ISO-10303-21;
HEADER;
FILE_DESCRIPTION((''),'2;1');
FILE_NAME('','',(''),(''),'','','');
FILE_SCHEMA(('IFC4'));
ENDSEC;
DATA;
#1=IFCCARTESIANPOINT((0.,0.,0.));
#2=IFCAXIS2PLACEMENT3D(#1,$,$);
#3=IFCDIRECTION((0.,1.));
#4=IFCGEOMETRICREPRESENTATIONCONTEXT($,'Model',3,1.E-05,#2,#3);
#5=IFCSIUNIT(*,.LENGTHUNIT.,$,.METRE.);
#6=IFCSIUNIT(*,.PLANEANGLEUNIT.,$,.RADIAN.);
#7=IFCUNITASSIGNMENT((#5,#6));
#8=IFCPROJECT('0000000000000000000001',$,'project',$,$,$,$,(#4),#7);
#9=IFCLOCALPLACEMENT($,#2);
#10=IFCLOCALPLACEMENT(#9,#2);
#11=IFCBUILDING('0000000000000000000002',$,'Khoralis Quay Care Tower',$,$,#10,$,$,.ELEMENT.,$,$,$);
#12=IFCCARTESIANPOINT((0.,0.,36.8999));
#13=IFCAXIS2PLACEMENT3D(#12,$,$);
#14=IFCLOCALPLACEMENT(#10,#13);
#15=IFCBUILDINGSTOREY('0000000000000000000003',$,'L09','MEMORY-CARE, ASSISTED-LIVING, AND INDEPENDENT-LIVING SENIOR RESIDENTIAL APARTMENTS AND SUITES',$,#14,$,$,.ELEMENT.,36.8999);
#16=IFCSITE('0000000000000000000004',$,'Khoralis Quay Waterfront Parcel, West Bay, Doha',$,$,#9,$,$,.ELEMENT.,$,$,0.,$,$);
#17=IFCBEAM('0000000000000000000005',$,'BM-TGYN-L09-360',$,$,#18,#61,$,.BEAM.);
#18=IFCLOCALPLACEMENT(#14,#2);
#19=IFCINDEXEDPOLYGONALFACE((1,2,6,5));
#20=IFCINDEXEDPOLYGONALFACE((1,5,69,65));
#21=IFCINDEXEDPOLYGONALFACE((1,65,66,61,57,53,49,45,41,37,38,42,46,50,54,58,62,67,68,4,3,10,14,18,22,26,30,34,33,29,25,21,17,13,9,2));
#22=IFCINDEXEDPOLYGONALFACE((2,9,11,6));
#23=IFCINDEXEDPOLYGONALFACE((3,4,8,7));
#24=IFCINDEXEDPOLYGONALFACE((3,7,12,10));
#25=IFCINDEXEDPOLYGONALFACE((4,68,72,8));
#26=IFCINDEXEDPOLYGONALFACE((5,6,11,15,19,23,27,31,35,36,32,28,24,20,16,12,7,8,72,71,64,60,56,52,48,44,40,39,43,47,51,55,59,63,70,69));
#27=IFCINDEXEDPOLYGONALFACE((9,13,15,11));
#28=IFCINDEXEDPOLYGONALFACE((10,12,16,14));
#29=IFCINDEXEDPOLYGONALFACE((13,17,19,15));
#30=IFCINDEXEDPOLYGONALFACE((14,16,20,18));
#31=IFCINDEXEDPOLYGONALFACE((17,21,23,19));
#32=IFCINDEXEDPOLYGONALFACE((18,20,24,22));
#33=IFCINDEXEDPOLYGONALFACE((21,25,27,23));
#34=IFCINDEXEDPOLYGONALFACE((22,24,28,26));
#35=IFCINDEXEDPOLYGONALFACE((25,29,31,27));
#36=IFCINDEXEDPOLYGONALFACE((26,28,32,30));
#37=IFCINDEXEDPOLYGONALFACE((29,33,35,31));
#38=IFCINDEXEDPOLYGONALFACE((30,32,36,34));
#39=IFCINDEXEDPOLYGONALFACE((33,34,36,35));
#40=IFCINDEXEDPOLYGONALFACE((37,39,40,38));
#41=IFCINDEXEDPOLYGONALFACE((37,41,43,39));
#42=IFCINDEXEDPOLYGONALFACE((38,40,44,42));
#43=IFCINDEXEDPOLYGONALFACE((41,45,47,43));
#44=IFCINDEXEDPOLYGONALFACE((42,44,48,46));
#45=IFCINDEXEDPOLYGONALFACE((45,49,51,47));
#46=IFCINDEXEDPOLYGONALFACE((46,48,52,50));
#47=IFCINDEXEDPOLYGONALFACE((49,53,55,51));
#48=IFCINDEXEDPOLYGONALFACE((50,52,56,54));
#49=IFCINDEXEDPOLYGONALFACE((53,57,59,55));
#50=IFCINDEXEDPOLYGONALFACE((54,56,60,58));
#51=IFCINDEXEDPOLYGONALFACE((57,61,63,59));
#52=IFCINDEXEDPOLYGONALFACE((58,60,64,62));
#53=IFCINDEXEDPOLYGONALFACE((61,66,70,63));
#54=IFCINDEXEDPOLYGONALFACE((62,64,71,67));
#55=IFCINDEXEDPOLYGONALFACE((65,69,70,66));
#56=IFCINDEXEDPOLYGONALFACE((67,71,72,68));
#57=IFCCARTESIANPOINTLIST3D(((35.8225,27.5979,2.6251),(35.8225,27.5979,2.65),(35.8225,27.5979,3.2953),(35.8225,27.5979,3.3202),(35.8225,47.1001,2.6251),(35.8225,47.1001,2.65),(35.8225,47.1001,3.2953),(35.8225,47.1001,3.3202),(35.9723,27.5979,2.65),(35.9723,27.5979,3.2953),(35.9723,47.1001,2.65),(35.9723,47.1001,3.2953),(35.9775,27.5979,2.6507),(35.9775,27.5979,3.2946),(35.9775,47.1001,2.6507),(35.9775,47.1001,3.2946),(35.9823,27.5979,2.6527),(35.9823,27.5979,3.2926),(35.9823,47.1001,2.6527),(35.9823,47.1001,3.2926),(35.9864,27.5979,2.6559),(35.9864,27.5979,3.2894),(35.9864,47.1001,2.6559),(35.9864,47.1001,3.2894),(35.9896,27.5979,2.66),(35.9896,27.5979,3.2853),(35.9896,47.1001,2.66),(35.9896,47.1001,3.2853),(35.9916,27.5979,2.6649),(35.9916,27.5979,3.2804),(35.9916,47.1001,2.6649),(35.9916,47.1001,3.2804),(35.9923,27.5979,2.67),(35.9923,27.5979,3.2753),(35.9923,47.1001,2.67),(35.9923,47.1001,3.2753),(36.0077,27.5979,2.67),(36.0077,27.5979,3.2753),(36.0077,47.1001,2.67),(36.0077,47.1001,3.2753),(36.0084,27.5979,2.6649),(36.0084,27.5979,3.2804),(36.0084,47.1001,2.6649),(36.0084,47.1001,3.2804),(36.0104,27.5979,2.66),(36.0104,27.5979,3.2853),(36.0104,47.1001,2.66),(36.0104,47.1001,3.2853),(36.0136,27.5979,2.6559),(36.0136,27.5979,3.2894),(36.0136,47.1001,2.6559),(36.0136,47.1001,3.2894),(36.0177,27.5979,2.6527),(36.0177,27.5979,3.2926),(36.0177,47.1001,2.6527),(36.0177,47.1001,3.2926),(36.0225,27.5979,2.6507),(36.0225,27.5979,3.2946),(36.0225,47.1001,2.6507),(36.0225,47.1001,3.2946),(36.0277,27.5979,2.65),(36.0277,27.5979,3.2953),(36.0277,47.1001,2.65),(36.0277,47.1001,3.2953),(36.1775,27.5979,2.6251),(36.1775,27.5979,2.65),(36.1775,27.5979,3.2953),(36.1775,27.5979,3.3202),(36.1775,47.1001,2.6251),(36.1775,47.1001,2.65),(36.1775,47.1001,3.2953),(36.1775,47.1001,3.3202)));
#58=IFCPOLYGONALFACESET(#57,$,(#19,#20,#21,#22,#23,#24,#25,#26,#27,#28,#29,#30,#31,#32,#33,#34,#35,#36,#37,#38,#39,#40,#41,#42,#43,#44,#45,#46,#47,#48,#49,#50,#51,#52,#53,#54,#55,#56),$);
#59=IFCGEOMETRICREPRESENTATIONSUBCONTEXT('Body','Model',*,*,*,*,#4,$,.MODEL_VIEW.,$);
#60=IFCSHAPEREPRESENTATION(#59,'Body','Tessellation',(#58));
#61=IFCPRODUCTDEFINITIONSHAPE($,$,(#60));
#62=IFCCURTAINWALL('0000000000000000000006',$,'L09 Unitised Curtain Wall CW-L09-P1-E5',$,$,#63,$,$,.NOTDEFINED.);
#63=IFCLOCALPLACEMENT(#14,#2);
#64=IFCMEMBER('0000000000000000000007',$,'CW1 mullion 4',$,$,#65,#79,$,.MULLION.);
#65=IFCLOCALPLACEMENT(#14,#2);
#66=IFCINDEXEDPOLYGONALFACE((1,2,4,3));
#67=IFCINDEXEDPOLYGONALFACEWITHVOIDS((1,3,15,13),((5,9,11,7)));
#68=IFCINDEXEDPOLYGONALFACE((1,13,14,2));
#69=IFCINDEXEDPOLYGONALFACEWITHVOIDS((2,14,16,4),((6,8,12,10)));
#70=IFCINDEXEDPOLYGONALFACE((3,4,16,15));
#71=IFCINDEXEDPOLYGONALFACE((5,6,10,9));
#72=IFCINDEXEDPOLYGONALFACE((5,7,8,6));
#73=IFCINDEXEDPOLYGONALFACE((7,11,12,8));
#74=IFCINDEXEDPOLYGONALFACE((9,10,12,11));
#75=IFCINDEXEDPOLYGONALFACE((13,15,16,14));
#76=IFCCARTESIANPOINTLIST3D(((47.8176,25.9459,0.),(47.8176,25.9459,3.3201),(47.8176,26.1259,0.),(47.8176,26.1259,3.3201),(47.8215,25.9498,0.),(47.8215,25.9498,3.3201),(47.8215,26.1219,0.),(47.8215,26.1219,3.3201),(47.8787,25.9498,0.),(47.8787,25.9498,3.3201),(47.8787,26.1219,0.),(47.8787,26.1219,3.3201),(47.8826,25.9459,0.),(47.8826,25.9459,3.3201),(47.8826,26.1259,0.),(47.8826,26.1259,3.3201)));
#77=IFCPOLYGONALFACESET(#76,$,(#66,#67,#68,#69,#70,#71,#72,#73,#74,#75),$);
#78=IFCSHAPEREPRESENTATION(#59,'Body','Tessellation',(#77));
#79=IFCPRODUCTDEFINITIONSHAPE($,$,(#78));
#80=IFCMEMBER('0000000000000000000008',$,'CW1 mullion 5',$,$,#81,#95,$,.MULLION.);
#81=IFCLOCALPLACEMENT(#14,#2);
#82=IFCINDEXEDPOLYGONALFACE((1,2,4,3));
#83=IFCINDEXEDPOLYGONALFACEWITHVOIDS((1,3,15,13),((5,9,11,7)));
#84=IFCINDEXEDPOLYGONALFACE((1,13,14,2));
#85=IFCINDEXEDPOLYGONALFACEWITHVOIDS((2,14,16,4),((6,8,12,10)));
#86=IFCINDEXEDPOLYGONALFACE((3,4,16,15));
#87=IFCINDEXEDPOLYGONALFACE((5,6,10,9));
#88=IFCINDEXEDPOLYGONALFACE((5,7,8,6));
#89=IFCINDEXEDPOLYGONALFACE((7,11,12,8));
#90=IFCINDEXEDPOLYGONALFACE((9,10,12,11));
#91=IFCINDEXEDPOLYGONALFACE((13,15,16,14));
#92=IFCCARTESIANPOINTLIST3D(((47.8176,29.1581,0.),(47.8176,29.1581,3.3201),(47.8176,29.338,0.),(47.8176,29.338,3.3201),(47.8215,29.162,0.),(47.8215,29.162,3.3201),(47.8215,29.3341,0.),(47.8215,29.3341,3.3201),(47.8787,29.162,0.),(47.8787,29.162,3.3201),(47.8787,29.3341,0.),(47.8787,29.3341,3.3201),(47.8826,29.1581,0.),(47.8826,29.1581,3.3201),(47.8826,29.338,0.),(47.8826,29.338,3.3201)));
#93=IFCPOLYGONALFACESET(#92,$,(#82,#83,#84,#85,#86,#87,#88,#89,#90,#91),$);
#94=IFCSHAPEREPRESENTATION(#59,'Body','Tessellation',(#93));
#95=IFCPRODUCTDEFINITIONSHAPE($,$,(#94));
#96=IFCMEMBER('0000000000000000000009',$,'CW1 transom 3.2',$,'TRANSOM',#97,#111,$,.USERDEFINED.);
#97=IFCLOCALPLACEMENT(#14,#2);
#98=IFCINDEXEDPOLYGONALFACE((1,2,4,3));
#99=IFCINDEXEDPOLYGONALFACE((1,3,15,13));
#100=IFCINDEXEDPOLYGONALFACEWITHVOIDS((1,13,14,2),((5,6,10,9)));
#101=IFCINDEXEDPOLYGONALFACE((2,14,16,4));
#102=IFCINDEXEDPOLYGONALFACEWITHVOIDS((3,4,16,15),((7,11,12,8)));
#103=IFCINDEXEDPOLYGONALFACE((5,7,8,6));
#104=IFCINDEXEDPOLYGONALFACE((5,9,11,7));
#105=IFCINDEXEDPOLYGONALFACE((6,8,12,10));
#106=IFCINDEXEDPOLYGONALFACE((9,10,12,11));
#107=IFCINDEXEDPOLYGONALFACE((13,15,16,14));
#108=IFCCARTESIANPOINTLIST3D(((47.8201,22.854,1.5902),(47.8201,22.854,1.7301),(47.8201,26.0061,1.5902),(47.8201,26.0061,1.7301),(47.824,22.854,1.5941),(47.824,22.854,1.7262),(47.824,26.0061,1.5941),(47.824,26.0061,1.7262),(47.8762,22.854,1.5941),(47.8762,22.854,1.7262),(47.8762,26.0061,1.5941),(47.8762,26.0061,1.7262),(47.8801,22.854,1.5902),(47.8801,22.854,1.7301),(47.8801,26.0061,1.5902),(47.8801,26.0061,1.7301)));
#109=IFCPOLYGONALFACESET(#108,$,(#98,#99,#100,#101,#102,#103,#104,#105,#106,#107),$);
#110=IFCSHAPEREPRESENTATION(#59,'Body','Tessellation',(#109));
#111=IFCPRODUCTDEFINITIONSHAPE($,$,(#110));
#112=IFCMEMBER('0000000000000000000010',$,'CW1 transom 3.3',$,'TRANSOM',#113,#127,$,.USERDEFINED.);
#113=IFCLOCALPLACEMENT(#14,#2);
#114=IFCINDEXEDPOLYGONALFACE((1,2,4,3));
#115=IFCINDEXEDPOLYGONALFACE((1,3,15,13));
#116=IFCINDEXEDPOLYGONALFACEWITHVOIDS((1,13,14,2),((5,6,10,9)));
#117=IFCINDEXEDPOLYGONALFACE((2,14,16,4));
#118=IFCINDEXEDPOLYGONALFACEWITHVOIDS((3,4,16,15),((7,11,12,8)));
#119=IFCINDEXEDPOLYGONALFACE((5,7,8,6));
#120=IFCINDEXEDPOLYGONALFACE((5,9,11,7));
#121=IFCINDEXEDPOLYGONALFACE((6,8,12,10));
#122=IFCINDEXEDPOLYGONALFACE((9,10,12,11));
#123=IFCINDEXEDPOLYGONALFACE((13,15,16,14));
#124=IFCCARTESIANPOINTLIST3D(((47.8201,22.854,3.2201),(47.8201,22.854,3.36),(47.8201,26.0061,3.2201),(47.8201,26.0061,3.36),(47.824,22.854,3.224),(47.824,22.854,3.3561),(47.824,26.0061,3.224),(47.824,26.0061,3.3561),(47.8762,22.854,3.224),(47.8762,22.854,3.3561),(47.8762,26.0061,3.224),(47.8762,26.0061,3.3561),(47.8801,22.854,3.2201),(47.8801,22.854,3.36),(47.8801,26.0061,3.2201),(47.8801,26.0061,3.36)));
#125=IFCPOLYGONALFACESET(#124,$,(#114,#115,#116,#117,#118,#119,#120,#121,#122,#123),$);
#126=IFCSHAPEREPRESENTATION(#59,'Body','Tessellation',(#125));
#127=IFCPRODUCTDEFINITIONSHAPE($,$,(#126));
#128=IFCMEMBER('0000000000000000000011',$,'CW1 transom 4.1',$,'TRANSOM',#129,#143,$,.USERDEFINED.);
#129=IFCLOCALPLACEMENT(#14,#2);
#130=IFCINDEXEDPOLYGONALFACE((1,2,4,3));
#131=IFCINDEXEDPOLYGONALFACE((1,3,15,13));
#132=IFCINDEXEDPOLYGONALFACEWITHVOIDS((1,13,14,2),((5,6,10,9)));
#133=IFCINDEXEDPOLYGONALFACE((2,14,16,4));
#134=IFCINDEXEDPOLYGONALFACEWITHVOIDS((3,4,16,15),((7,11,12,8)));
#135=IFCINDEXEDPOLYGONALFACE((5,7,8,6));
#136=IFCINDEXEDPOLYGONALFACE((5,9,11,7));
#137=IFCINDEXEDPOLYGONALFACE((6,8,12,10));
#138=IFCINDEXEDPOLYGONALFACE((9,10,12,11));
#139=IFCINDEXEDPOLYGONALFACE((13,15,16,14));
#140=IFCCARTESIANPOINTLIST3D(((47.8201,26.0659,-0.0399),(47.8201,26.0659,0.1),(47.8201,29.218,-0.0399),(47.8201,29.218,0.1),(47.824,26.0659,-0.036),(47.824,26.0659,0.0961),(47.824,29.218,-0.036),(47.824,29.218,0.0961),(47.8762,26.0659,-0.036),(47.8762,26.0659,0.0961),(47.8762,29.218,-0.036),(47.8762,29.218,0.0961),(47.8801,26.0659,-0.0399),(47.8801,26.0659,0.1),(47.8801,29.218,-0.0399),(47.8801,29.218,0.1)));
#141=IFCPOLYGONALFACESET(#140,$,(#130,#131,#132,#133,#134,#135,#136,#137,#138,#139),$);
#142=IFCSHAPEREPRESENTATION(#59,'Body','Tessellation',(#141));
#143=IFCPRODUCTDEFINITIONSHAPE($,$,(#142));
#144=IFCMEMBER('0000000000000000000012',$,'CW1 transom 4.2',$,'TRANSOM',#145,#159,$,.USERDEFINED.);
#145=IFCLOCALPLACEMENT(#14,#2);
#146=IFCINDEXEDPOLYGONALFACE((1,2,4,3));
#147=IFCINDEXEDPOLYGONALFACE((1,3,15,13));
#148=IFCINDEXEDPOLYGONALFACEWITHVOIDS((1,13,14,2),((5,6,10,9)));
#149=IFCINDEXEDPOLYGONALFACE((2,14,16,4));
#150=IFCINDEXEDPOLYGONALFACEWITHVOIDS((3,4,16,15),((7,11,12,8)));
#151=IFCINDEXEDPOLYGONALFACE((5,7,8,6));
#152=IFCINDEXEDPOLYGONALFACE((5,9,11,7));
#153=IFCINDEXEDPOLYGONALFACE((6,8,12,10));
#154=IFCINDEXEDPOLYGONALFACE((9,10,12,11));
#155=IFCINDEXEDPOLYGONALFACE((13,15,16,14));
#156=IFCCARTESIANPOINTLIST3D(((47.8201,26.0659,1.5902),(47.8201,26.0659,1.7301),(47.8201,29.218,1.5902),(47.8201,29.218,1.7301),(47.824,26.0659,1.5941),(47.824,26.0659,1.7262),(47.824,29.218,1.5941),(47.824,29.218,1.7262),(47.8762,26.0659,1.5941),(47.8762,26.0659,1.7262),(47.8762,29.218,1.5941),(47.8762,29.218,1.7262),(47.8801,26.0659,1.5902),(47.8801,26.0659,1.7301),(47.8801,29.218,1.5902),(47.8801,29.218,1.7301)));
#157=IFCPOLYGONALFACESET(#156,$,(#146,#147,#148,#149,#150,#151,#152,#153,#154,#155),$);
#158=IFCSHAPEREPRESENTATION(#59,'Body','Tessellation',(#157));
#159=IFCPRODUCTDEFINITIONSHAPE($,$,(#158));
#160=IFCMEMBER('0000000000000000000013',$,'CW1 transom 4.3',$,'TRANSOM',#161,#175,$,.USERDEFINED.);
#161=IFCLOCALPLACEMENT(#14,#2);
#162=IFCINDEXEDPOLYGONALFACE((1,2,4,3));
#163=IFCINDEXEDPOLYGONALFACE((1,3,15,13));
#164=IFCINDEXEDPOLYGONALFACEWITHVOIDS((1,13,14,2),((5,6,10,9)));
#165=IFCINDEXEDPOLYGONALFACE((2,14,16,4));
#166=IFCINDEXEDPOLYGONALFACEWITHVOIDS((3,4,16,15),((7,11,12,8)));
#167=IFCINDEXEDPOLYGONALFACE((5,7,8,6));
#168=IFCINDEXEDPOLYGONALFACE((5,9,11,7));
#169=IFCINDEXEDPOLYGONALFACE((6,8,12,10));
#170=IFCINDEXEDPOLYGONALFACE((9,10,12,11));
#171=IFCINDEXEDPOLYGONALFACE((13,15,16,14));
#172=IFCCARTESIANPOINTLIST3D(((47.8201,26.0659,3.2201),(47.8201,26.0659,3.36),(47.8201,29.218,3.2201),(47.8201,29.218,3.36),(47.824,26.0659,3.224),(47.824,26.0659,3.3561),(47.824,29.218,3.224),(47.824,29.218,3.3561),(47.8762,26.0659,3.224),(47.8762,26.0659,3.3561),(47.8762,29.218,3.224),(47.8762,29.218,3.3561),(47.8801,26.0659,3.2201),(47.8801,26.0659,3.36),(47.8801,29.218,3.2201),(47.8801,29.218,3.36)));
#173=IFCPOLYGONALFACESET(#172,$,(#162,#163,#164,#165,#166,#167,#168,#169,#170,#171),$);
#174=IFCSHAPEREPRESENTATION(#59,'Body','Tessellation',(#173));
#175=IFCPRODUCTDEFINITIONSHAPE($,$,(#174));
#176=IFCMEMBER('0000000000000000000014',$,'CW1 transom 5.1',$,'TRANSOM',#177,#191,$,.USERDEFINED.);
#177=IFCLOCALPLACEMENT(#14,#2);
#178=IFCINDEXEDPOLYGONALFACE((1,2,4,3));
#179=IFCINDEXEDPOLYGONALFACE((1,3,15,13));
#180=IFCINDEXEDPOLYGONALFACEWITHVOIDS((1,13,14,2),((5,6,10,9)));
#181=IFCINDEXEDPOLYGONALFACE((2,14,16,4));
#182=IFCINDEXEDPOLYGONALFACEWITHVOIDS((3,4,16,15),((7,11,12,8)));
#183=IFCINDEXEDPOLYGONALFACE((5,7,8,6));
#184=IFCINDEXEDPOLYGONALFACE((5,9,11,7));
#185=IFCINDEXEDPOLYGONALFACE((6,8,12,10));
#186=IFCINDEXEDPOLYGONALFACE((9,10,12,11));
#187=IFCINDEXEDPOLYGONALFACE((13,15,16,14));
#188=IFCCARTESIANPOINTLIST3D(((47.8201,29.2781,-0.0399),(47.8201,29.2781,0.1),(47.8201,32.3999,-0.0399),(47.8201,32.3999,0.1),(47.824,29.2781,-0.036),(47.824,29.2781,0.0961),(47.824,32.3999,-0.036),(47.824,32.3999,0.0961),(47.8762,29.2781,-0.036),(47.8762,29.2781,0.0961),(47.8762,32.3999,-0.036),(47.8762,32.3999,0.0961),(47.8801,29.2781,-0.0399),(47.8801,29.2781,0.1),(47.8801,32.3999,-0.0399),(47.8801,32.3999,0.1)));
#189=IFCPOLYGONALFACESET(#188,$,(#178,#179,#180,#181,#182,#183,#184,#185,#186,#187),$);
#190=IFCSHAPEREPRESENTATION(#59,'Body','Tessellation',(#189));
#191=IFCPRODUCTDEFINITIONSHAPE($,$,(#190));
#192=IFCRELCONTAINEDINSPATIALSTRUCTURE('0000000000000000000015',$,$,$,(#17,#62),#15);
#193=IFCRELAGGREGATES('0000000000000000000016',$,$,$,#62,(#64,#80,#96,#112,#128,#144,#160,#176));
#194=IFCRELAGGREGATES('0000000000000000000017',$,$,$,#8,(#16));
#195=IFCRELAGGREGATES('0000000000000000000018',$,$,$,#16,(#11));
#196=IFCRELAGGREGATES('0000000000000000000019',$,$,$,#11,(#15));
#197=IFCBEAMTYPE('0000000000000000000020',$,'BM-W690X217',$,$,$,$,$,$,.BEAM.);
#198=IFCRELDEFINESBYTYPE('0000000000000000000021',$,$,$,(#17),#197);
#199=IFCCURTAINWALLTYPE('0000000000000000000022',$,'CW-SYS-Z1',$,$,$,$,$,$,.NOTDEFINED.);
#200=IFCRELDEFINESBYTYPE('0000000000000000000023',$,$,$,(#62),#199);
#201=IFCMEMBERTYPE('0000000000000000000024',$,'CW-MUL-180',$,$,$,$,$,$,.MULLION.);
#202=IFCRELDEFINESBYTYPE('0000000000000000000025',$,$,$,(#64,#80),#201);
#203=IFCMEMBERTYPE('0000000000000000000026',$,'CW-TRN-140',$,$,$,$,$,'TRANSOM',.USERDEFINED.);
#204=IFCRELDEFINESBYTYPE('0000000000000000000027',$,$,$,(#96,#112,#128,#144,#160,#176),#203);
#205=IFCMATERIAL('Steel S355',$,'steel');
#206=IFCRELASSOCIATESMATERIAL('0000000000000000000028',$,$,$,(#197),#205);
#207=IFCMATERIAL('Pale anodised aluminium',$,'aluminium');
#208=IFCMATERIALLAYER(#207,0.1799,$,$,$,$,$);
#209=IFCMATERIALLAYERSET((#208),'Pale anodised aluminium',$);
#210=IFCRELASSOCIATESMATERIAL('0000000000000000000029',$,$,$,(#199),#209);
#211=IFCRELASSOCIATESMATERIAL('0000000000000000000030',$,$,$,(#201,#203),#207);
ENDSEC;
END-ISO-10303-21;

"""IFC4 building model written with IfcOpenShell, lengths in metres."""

from ifc_helpers import new_model, si_unit, direction, frame, origin, origin_2d, place, context, subcontext, project, spatial, hollow_rectangle, i_section, extrude, source, transform, mapped, material, layer, layer_set, material_profile, profile_set, type_object, element, aggregate, save


model = new_model("IFC4")

# Units and contexts
model_context = context("Model", 3, precision=1e-05, world=origin(), true_north=direction((0.0, 1.0)))
body_context = subcontext(model_context, "Body", "Model", "MODEL_VIEW")
ifc_project = project(units=[si_unit("LENGTHUNIT", "METRE"), si_unit("PLANEANGLEUNIT", "RADIAN")], contexts=[model_context])

# Site, building, storey
site_placement = place(None, origin())
site = spatial("IfcSite", under=ifc_project, at=site_placement, Name="Khoralis Quay Waterfront Parcel, West Bay, Doha", CompositionType="ELEMENT", RefElevation=0.0)
building_placement = place(site_placement, origin())
building = spatial("IfcBuilding", under=site, at=building_placement, Name="Khoralis Quay Care Tower", CompositionType="ELEMENT")
storey_placement = place(building_placement, frame((0.0, 0.0, 36.8999)))
storey = spatial("IfcBuildingStorey", under=building, at=storey_placement, Name="L09", Description="MEMORY-CARE, ASSISTED-LIVING, AND INDEPENDENT-LIVING SENIOR RESIDENTIAL APARTMENTS AND SUITES", CompositionType="ELEMENT", Elevation=36.8999)

# Beam
ifc_material_1 = material(Name="Steel S355", Category="steel")
ifc_material_profile_1 = material_profile(ifc_material_1, i_section(OverallWidth=0.355, OverallDepth=0.6951, WebThickness=0.0154, FlangeThickness=0.0249, FilletRadius=0.02, at=origin_2d()), Name="Steel S355")
ifc_profile_set_1 = profile_set([ifc_material_profile_1], Name="Steel S355")
beam_type_1 = type_object("IfcBeamType", Name="BM-W690X217", PredefinedType="BEAM", material=ifc_profile_set_1)
shared_shape_1 = source(origin(), body_context, "Body", "SweptSolid", [
    extrude(i_section(OverallWidth=0.355, OverallDepth=0.6951, WebThickness=0.0154, FlangeThickness=0.0249, FilletRadius=0.02, at=origin_2d()), origin(), (0.0, 0.0, 1.0), 19.5022),
])
beam_1_placement = place(storey_placement, frame((36.0, 27.5979, 2.9727), z_axis=(0.0, 1.0, 0.0), x_axis=(-1.0, 0.0, 0.0)))
element("IfcBeam", 1, at=beam_1_placement, inside=storey, type_object=beam_type_1, Name="BM-TGYN-L09-360", PredefinedType="BEAM", context=body_context, shape_type="MappedRepresentation", body=[
    mapped(shared_shape_1, transform((0.0, 0.0, 0.0), scale=1.0)),
])

# Curtain wall, members
ifc_material_2 = material(Name="Pale anodised aluminium", Category="aluminium")
ifc_layer_1 = layer(ifc_material_2, 0.1799)
ifc_layer_set_1 = layer_set([ifc_layer_1], Name="Pale anodised aluminium")
curtain_wall_type = type_object("IfcCurtainWallType", Name="CW-SYS-Z1", PredefinedType="NOTDEFINED", material=ifc_layer_set_1)
curtain_wall_placement = place(storey_placement, origin())
curtain_wall = element("IfcCurtainWall", 2, at=curtain_wall_placement, inside=storey, type_object=curtain_wall_type, Name="L09 Unitised Curtain Wall CW-L09-P1-E5", PredefinedType="NOTDEFINED")
ifc_material_profile_2 = material_profile(ifc_material_2, hollow_rectangle(XDim=0.0649, YDim=0.1799, WallThickness=0.0039, at=origin_2d()), Name="Pale anodised aluminium")
ifc_profile_set_2 = profile_set([ifc_material_profile_2], Name="Pale anodised aluminium")
member_type_1 = type_object("IfcMemberType", Name="CW-MUL-180", PredefinedType="MULLION", material=ifc_profile_set_2)
shared_shape_2 = source(origin(), body_context, "Body", "SweptSolid", [
    extrude(hollow_rectangle(XDim=0.0649, YDim=0.1799, WallThickness=0.0039, at=origin_2d()), origin(), (0.0, 0.0, 1.0), 3.3201),
])
member_1_placement = place(storey_placement, frame((47.8501, 26.0359, 0.0), z_axis=(0.0, 0.0, 1.0), x_axis=(-1.0, 0.0, 0.0)))
member_1 = element("IfcMember", 3, at=member_1_placement, type_object=member_type_1, Name="CW1 mullion 4", PredefinedType="MULLION", context=body_context, shape_type="MappedRepresentation", body=[
    mapped(shared_shape_2, transform((0.0, 0.0, 0.0), scale=1.0)),
])
member_2_placement = place(storey_placement, frame((47.8501, 29.248, 0.0), z_axis=(0.0, 0.0, 1.0), x_axis=(-1.0, 0.0, 0.0)))
member_2 = element("IfcMember", 4, at=member_2_placement, type_object=member_type_1, Name="CW1 mullion 5", PredefinedType="MULLION", context=body_context, shape_type="MappedRepresentation", body=[
    mapped(shared_shape_2, transform((0.0, 0.0, 0.0), scale=1.0)),
])
ifc_material_profile_3 = material_profile(ifc_material_2, hollow_rectangle(XDim=0.0601, YDim=0.1399, WallThickness=0.0039, at=origin_2d()), Name="Pale anodised aluminium")
ifc_profile_set_3 = profile_set([ifc_material_profile_3], Name="Pale anodised aluminium")
member_type_2 = type_object("IfcMemberType", Name="CW-TRN-140", ElementType="TRANSOM", PredefinedType="USERDEFINED", material=ifc_profile_set_3)
shared_shape_3 = source(origin(), body_context, "Body", "SweptSolid", [
    extrude(hollow_rectangle(XDim=0.0601, YDim=0.1399, WallThickness=0.0039, at=origin_2d()), origin(), (0.0, 0.0, 1.0), 3.1521),
])
member_3_placement = place(storey_placement, frame((47.8501, 22.854, 1.6602), z_axis=(0.0, 1.0, 0.0), x_axis=(-1.0, 0.0, 0.0)))
member_3 = element("IfcMember", 5, at=member_3_placement, type_object=member_type_2, Name="CW1 transom 3.2", ObjectType="TRANSOM", PredefinedType="USERDEFINED", context=body_context, shape_type="MappedRepresentation", body=[
    mapped(shared_shape_3, transform((0.0, 0.0, 0.0), scale=1.0)),
])
member_4_placement = place(storey_placement, frame((47.8501, 22.854, 3.29), z_axis=(0.0, 1.0, 0.0), x_axis=(-1.0, 0.0, 0.0)))
member_4 = element("IfcMember", 6, at=member_4_placement, type_object=member_type_2, Name="CW1 transom 3.3", ObjectType="TRANSOM", PredefinedType="USERDEFINED", context=body_context, shape_type="MappedRepresentation", body=[
    mapped(shared_shape_3, transform((0.0, 0.0, 0.0), scale=1.0)),
])
member_5_placement = place(storey_placement, frame((47.8501, 26.0659, 0.03), z_axis=(0.0, 1.0, 0.0), x_axis=(-1.0, 0.0, 0.0)))
member_5 = element("IfcMember", 7, at=member_5_placement, type_object=member_type_2, Name="CW1 transom 4.1", ObjectType="TRANSOM", PredefinedType="USERDEFINED", context=body_context, shape_type="MappedRepresentation", body=[
    mapped(shared_shape_3, transform((0.0, 0.0, 0.0), scale=1.0)),
])
member_6_placement = place(storey_placement, frame((47.8501, 26.0659, 1.6602), z_axis=(0.0, 1.0, 0.0), x_axis=(-1.0, 0.0, 0.0)))
member_6 = element("IfcMember", 8, at=member_6_placement, type_object=member_type_2, Name="CW1 transom 4.2", ObjectType="TRANSOM", PredefinedType="USERDEFINED", context=body_context, shape_type="MappedRepresentation", body=[
    mapped(shared_shape_3, transform((0.0, 0.0, 0.0), scale=1.0)),
])
member_7_placement = place(storey_placement, frame((47.8501, 26.0659, 3.29), z_axis=(0.0, 1.0, 0.0), x_axis=(-1.0, 0.0, 0.0)))
member_7 = element("IfcMember", 9, at=member_7_placement, type_object=member_type_2, Name="CW1 transom 4.3", ObjectType="TRANSOM", PredefinedType="USERDEFINED", context=body_context, shape_type="MappedRepresentation", body=[
    mapped(shared_shape_3, transform((0.0, 0.0, 0.0), scale=1.0)),
])
shared_shape_4 = source(origin(), body_context, "Body", "SweptSolid", [
    extrude(hollow_rectangle(XDim=0.0601, YDim=0.1399, WallThickness=0.0039, at=origin_2d()), origin(), (0.0, 0.0, 1.0), 3.1218),
])
member_8_placement = place(storey_placement, frame((47.8501, 29.2781, 0.03), z_axis=(0.0, 1.0, 0.0), x_axis=(-1.0, 0.0, 0.0)))
member_8 = element("IfcMember", 10, at=member_8_placement, type_object=member_type_2, Name="CW1 transom 5.1", ObjectType="TRANSOM", PredefinedType="USERDEFINED", context=body_context, shape_type="MappedRepresentation", body=[
    mapped(shared_shape_4, transform((0.0, 0.0, 0.0), scale=1.0)),
])
aggregate(curtain_wall, [member_1, member_2, member_3, member_4, member_5, member_6, member_7, member_8])

save(model, "model.ifc")
